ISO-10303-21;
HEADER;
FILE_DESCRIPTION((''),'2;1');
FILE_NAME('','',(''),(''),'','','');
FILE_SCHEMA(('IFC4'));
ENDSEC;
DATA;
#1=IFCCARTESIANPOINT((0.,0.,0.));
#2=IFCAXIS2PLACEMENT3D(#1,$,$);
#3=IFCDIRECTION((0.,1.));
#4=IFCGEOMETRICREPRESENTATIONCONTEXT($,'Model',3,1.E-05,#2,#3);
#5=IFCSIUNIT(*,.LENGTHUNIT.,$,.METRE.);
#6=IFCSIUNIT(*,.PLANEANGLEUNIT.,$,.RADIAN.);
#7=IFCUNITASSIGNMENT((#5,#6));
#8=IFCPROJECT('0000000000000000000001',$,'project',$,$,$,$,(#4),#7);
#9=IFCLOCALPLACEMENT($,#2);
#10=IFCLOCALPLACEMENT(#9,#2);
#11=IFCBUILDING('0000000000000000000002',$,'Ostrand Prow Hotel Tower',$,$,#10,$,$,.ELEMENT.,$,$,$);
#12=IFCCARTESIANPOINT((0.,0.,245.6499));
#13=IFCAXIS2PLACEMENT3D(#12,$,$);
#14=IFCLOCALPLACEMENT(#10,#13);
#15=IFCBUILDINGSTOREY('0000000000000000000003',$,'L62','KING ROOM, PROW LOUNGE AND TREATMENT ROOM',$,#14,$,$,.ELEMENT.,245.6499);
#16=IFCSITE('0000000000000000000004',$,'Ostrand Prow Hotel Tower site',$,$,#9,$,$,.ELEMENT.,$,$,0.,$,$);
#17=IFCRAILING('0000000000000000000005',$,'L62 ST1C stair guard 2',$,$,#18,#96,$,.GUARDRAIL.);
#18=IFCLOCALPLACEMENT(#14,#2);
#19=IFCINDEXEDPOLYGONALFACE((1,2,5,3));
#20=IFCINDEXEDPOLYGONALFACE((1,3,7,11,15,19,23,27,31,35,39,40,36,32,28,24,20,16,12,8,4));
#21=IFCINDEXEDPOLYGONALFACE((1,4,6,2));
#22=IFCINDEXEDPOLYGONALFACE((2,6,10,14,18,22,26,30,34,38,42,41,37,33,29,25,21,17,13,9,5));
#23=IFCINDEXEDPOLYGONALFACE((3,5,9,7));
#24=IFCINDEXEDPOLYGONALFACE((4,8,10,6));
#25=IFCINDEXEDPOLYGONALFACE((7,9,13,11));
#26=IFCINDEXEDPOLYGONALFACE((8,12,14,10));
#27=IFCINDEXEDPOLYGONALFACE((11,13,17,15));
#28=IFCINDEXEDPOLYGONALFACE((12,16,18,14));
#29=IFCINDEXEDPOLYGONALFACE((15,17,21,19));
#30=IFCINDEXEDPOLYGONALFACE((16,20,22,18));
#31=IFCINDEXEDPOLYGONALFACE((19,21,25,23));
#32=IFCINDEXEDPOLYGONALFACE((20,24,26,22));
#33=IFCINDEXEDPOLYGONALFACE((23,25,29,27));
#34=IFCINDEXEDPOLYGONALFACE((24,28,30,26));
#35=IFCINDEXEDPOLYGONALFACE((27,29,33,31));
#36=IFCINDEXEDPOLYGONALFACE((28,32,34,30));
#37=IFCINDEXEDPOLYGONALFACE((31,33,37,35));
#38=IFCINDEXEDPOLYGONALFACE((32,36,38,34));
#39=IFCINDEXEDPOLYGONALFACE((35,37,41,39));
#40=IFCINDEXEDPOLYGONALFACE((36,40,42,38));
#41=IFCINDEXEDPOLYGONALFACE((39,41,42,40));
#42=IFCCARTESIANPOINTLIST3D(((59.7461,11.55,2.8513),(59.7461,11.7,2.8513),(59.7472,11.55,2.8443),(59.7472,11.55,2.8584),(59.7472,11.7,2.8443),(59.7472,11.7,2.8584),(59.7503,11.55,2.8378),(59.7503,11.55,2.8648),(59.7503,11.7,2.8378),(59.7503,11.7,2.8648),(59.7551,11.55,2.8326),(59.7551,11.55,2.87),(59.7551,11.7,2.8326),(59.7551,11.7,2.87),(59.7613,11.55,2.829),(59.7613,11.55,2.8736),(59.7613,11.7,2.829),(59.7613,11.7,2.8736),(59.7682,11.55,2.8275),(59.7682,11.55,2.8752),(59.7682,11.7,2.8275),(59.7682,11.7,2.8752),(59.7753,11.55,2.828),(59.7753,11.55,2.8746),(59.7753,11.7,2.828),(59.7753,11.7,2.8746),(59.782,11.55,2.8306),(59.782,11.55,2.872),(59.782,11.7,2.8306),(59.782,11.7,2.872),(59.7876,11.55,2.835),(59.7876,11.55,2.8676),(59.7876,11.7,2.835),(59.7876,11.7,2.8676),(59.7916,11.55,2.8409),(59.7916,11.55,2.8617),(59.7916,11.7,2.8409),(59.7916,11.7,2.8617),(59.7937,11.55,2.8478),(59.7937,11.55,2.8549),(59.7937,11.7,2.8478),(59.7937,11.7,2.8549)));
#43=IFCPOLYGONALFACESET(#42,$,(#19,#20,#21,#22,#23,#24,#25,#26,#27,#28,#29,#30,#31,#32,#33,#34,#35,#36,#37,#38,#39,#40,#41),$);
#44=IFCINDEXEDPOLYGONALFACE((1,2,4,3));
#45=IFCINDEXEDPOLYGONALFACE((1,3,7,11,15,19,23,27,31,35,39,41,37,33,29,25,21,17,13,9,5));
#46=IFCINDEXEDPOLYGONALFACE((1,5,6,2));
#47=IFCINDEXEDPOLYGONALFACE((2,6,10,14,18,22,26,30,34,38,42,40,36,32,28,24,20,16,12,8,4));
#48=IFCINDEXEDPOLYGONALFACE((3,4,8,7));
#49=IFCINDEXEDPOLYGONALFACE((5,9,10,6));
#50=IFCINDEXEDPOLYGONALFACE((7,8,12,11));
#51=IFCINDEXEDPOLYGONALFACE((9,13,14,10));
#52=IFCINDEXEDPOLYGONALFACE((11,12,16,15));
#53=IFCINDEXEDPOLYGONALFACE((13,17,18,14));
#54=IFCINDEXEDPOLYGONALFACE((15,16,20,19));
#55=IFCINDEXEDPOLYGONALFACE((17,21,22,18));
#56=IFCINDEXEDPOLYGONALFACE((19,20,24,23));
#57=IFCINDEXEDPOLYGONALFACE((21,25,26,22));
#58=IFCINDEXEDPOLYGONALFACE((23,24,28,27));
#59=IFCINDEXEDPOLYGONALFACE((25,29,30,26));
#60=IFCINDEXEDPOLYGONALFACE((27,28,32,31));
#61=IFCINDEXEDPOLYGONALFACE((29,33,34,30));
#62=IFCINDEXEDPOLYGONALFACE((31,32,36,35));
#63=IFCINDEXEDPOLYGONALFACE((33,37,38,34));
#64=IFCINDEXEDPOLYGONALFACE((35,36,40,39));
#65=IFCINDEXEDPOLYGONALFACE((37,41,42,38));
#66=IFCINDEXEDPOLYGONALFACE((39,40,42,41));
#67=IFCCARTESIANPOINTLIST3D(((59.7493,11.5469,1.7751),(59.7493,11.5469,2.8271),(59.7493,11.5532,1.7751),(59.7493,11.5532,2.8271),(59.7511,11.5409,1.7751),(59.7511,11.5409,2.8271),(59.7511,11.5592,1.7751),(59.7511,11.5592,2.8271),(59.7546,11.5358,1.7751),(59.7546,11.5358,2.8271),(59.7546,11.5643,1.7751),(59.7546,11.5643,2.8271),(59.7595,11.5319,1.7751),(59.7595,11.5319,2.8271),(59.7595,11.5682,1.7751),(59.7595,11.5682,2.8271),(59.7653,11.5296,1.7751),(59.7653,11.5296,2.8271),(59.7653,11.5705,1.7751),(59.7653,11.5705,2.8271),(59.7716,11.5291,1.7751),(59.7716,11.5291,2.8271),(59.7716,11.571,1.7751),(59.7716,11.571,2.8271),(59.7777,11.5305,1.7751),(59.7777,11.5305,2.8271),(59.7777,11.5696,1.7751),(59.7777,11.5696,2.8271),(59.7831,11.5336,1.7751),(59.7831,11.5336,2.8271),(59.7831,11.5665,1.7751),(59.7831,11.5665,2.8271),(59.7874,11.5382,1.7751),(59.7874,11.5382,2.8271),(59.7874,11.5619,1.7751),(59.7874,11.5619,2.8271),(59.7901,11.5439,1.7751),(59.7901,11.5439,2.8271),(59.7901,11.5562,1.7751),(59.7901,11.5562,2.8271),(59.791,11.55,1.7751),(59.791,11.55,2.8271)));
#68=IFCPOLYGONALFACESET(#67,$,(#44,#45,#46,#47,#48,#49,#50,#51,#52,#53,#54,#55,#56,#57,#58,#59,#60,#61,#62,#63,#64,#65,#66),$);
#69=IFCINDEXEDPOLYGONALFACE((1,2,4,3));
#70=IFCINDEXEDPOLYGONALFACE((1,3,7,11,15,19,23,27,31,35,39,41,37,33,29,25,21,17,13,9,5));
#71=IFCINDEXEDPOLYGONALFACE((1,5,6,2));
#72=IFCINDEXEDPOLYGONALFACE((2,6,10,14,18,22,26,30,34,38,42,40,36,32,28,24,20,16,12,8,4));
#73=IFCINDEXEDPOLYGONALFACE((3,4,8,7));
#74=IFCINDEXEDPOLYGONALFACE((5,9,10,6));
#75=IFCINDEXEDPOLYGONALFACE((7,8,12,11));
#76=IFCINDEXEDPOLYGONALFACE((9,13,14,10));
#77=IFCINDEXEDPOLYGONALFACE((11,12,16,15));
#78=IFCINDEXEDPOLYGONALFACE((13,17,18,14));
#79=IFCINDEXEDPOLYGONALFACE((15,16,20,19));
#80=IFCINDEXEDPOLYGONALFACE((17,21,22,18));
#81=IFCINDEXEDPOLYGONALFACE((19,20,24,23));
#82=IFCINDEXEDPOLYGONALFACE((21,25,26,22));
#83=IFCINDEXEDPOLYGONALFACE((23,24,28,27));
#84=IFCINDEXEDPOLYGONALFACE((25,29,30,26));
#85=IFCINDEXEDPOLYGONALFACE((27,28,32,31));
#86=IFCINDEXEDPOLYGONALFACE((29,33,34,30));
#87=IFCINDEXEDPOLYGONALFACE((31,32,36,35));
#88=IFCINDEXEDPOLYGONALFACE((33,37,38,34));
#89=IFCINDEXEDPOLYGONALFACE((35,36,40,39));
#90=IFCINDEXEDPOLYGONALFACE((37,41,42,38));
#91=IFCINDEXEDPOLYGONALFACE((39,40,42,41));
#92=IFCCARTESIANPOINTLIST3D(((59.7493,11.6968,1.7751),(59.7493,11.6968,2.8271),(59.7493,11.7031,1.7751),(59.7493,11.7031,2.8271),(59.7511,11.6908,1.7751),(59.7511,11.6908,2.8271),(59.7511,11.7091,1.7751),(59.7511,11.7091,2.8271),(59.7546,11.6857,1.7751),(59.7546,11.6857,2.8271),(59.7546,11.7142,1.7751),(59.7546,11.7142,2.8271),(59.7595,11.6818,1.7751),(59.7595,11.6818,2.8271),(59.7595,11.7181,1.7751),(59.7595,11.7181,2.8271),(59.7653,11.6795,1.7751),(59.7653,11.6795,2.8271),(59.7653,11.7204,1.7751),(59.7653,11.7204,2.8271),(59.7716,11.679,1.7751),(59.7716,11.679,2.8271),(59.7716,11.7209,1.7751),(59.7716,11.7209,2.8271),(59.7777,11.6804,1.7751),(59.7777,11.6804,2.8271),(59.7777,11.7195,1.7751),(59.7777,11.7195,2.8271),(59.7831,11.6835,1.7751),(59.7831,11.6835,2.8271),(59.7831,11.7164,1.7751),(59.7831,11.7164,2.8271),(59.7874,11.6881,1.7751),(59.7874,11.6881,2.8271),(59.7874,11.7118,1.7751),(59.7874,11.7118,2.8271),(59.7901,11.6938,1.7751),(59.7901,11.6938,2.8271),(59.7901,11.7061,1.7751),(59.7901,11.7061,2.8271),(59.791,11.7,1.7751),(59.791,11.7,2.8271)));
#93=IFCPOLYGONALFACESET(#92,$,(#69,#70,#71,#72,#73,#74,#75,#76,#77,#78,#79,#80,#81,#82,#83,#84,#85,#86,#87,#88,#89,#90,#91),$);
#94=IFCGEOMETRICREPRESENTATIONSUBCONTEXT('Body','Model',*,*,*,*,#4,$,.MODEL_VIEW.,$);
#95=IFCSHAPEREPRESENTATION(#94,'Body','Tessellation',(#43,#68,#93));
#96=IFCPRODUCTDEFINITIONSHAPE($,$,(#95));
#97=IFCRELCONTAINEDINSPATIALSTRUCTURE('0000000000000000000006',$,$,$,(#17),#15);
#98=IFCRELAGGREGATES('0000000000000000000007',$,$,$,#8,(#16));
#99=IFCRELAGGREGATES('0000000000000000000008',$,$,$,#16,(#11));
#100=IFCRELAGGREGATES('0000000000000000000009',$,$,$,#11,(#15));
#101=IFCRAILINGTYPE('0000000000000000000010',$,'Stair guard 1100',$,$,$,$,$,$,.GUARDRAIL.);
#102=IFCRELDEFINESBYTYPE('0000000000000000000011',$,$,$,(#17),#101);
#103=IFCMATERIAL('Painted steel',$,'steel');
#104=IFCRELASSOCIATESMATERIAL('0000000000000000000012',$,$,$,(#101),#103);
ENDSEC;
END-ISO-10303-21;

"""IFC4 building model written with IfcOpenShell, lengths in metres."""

from ifc_helpers import new_model, si_unit, direction, frame, origin, origin_2d, place, context, subcontext, project, spatial, circle, extrude, material, type_object, element, save


model = new_model("IFC4")

# Units and contexts
model_context = context("Model", 3, precision=1e-05, world=origin(), true_north=direction((0.0, 1.0)))
body_context = subcontext(model_context, "Body", "Model", "MODEL_VIEW")
ifc_project = project(units=[si_unit("LENGTHUNIT", "METRE"), si_unit("PLANEANGLEUNIT", "RADIAN")], contexts=[model_context])

# Site, building, storey
site_placement = place(None, origin())
site = spatial("IfcSite", under=ifc_project, at=site_placement, Name="Ostrand Prow Hotel Tower site", CompositionType="ELEMENT", RefElevation=0.0)
building_placement = place(site_placement, origin())
building = spatial("IfcBuilding", under=site, at=building_placement, Name="Ostrand Prow Hotel Tower", CompositionType="ELEMENT")
storey_placement = place(building_placement, frame((0.0, 0.0, 245.6499)))
storey = spatial("IfcBuildingStorey", under=building, at=storey_placement, Name="L62", Description="KING ROOM, PROW LOUNGE AND TREATMENT ROOM", CompositionType="ELEMENT", Elevation=245.6499)

# Railing
ifc_material_1 = material(Name="Painted steel", Category="steel")
railing_type_1 = type_object("IfcRailingType", Name="Stair guard 1100", PredefinedType="GUARDRAIL", material=ifc_material_1)
railing_1_placement = place(storey_placement, frame((59.77, 11.55, 1.7751)))
element("IfcRailing", 1, at=railing_1_placement, inside=storey, type_object=railing_type_1, Name="L62 ST1C stair guard 2", PredefinedType="GUARDRAIL", context=body_context, shape_type="SweptSolid", body=[
    extrude(circle(Radius=0.0239, at=origin_2d()), frame((0.0, 0.0, 1.0762), z_axis=(0.0, 1.0, 0.0), x_axis=(-1.0, 0.0, 0.0)), (0.0, 0.0, 1.0), 0.1499),
    extrude(circle(Radius=0.021, at=origin_2d()), origin(), (0.0, 0.0, 1.0), 1.052),
    extrude(circle(Radius=0.021, at=origin_2d()), frame((0.0, 0.1499, 0.0)), (0.0, 0.0, 1.0), 1.052),
])

save(model, "model.ifc")
